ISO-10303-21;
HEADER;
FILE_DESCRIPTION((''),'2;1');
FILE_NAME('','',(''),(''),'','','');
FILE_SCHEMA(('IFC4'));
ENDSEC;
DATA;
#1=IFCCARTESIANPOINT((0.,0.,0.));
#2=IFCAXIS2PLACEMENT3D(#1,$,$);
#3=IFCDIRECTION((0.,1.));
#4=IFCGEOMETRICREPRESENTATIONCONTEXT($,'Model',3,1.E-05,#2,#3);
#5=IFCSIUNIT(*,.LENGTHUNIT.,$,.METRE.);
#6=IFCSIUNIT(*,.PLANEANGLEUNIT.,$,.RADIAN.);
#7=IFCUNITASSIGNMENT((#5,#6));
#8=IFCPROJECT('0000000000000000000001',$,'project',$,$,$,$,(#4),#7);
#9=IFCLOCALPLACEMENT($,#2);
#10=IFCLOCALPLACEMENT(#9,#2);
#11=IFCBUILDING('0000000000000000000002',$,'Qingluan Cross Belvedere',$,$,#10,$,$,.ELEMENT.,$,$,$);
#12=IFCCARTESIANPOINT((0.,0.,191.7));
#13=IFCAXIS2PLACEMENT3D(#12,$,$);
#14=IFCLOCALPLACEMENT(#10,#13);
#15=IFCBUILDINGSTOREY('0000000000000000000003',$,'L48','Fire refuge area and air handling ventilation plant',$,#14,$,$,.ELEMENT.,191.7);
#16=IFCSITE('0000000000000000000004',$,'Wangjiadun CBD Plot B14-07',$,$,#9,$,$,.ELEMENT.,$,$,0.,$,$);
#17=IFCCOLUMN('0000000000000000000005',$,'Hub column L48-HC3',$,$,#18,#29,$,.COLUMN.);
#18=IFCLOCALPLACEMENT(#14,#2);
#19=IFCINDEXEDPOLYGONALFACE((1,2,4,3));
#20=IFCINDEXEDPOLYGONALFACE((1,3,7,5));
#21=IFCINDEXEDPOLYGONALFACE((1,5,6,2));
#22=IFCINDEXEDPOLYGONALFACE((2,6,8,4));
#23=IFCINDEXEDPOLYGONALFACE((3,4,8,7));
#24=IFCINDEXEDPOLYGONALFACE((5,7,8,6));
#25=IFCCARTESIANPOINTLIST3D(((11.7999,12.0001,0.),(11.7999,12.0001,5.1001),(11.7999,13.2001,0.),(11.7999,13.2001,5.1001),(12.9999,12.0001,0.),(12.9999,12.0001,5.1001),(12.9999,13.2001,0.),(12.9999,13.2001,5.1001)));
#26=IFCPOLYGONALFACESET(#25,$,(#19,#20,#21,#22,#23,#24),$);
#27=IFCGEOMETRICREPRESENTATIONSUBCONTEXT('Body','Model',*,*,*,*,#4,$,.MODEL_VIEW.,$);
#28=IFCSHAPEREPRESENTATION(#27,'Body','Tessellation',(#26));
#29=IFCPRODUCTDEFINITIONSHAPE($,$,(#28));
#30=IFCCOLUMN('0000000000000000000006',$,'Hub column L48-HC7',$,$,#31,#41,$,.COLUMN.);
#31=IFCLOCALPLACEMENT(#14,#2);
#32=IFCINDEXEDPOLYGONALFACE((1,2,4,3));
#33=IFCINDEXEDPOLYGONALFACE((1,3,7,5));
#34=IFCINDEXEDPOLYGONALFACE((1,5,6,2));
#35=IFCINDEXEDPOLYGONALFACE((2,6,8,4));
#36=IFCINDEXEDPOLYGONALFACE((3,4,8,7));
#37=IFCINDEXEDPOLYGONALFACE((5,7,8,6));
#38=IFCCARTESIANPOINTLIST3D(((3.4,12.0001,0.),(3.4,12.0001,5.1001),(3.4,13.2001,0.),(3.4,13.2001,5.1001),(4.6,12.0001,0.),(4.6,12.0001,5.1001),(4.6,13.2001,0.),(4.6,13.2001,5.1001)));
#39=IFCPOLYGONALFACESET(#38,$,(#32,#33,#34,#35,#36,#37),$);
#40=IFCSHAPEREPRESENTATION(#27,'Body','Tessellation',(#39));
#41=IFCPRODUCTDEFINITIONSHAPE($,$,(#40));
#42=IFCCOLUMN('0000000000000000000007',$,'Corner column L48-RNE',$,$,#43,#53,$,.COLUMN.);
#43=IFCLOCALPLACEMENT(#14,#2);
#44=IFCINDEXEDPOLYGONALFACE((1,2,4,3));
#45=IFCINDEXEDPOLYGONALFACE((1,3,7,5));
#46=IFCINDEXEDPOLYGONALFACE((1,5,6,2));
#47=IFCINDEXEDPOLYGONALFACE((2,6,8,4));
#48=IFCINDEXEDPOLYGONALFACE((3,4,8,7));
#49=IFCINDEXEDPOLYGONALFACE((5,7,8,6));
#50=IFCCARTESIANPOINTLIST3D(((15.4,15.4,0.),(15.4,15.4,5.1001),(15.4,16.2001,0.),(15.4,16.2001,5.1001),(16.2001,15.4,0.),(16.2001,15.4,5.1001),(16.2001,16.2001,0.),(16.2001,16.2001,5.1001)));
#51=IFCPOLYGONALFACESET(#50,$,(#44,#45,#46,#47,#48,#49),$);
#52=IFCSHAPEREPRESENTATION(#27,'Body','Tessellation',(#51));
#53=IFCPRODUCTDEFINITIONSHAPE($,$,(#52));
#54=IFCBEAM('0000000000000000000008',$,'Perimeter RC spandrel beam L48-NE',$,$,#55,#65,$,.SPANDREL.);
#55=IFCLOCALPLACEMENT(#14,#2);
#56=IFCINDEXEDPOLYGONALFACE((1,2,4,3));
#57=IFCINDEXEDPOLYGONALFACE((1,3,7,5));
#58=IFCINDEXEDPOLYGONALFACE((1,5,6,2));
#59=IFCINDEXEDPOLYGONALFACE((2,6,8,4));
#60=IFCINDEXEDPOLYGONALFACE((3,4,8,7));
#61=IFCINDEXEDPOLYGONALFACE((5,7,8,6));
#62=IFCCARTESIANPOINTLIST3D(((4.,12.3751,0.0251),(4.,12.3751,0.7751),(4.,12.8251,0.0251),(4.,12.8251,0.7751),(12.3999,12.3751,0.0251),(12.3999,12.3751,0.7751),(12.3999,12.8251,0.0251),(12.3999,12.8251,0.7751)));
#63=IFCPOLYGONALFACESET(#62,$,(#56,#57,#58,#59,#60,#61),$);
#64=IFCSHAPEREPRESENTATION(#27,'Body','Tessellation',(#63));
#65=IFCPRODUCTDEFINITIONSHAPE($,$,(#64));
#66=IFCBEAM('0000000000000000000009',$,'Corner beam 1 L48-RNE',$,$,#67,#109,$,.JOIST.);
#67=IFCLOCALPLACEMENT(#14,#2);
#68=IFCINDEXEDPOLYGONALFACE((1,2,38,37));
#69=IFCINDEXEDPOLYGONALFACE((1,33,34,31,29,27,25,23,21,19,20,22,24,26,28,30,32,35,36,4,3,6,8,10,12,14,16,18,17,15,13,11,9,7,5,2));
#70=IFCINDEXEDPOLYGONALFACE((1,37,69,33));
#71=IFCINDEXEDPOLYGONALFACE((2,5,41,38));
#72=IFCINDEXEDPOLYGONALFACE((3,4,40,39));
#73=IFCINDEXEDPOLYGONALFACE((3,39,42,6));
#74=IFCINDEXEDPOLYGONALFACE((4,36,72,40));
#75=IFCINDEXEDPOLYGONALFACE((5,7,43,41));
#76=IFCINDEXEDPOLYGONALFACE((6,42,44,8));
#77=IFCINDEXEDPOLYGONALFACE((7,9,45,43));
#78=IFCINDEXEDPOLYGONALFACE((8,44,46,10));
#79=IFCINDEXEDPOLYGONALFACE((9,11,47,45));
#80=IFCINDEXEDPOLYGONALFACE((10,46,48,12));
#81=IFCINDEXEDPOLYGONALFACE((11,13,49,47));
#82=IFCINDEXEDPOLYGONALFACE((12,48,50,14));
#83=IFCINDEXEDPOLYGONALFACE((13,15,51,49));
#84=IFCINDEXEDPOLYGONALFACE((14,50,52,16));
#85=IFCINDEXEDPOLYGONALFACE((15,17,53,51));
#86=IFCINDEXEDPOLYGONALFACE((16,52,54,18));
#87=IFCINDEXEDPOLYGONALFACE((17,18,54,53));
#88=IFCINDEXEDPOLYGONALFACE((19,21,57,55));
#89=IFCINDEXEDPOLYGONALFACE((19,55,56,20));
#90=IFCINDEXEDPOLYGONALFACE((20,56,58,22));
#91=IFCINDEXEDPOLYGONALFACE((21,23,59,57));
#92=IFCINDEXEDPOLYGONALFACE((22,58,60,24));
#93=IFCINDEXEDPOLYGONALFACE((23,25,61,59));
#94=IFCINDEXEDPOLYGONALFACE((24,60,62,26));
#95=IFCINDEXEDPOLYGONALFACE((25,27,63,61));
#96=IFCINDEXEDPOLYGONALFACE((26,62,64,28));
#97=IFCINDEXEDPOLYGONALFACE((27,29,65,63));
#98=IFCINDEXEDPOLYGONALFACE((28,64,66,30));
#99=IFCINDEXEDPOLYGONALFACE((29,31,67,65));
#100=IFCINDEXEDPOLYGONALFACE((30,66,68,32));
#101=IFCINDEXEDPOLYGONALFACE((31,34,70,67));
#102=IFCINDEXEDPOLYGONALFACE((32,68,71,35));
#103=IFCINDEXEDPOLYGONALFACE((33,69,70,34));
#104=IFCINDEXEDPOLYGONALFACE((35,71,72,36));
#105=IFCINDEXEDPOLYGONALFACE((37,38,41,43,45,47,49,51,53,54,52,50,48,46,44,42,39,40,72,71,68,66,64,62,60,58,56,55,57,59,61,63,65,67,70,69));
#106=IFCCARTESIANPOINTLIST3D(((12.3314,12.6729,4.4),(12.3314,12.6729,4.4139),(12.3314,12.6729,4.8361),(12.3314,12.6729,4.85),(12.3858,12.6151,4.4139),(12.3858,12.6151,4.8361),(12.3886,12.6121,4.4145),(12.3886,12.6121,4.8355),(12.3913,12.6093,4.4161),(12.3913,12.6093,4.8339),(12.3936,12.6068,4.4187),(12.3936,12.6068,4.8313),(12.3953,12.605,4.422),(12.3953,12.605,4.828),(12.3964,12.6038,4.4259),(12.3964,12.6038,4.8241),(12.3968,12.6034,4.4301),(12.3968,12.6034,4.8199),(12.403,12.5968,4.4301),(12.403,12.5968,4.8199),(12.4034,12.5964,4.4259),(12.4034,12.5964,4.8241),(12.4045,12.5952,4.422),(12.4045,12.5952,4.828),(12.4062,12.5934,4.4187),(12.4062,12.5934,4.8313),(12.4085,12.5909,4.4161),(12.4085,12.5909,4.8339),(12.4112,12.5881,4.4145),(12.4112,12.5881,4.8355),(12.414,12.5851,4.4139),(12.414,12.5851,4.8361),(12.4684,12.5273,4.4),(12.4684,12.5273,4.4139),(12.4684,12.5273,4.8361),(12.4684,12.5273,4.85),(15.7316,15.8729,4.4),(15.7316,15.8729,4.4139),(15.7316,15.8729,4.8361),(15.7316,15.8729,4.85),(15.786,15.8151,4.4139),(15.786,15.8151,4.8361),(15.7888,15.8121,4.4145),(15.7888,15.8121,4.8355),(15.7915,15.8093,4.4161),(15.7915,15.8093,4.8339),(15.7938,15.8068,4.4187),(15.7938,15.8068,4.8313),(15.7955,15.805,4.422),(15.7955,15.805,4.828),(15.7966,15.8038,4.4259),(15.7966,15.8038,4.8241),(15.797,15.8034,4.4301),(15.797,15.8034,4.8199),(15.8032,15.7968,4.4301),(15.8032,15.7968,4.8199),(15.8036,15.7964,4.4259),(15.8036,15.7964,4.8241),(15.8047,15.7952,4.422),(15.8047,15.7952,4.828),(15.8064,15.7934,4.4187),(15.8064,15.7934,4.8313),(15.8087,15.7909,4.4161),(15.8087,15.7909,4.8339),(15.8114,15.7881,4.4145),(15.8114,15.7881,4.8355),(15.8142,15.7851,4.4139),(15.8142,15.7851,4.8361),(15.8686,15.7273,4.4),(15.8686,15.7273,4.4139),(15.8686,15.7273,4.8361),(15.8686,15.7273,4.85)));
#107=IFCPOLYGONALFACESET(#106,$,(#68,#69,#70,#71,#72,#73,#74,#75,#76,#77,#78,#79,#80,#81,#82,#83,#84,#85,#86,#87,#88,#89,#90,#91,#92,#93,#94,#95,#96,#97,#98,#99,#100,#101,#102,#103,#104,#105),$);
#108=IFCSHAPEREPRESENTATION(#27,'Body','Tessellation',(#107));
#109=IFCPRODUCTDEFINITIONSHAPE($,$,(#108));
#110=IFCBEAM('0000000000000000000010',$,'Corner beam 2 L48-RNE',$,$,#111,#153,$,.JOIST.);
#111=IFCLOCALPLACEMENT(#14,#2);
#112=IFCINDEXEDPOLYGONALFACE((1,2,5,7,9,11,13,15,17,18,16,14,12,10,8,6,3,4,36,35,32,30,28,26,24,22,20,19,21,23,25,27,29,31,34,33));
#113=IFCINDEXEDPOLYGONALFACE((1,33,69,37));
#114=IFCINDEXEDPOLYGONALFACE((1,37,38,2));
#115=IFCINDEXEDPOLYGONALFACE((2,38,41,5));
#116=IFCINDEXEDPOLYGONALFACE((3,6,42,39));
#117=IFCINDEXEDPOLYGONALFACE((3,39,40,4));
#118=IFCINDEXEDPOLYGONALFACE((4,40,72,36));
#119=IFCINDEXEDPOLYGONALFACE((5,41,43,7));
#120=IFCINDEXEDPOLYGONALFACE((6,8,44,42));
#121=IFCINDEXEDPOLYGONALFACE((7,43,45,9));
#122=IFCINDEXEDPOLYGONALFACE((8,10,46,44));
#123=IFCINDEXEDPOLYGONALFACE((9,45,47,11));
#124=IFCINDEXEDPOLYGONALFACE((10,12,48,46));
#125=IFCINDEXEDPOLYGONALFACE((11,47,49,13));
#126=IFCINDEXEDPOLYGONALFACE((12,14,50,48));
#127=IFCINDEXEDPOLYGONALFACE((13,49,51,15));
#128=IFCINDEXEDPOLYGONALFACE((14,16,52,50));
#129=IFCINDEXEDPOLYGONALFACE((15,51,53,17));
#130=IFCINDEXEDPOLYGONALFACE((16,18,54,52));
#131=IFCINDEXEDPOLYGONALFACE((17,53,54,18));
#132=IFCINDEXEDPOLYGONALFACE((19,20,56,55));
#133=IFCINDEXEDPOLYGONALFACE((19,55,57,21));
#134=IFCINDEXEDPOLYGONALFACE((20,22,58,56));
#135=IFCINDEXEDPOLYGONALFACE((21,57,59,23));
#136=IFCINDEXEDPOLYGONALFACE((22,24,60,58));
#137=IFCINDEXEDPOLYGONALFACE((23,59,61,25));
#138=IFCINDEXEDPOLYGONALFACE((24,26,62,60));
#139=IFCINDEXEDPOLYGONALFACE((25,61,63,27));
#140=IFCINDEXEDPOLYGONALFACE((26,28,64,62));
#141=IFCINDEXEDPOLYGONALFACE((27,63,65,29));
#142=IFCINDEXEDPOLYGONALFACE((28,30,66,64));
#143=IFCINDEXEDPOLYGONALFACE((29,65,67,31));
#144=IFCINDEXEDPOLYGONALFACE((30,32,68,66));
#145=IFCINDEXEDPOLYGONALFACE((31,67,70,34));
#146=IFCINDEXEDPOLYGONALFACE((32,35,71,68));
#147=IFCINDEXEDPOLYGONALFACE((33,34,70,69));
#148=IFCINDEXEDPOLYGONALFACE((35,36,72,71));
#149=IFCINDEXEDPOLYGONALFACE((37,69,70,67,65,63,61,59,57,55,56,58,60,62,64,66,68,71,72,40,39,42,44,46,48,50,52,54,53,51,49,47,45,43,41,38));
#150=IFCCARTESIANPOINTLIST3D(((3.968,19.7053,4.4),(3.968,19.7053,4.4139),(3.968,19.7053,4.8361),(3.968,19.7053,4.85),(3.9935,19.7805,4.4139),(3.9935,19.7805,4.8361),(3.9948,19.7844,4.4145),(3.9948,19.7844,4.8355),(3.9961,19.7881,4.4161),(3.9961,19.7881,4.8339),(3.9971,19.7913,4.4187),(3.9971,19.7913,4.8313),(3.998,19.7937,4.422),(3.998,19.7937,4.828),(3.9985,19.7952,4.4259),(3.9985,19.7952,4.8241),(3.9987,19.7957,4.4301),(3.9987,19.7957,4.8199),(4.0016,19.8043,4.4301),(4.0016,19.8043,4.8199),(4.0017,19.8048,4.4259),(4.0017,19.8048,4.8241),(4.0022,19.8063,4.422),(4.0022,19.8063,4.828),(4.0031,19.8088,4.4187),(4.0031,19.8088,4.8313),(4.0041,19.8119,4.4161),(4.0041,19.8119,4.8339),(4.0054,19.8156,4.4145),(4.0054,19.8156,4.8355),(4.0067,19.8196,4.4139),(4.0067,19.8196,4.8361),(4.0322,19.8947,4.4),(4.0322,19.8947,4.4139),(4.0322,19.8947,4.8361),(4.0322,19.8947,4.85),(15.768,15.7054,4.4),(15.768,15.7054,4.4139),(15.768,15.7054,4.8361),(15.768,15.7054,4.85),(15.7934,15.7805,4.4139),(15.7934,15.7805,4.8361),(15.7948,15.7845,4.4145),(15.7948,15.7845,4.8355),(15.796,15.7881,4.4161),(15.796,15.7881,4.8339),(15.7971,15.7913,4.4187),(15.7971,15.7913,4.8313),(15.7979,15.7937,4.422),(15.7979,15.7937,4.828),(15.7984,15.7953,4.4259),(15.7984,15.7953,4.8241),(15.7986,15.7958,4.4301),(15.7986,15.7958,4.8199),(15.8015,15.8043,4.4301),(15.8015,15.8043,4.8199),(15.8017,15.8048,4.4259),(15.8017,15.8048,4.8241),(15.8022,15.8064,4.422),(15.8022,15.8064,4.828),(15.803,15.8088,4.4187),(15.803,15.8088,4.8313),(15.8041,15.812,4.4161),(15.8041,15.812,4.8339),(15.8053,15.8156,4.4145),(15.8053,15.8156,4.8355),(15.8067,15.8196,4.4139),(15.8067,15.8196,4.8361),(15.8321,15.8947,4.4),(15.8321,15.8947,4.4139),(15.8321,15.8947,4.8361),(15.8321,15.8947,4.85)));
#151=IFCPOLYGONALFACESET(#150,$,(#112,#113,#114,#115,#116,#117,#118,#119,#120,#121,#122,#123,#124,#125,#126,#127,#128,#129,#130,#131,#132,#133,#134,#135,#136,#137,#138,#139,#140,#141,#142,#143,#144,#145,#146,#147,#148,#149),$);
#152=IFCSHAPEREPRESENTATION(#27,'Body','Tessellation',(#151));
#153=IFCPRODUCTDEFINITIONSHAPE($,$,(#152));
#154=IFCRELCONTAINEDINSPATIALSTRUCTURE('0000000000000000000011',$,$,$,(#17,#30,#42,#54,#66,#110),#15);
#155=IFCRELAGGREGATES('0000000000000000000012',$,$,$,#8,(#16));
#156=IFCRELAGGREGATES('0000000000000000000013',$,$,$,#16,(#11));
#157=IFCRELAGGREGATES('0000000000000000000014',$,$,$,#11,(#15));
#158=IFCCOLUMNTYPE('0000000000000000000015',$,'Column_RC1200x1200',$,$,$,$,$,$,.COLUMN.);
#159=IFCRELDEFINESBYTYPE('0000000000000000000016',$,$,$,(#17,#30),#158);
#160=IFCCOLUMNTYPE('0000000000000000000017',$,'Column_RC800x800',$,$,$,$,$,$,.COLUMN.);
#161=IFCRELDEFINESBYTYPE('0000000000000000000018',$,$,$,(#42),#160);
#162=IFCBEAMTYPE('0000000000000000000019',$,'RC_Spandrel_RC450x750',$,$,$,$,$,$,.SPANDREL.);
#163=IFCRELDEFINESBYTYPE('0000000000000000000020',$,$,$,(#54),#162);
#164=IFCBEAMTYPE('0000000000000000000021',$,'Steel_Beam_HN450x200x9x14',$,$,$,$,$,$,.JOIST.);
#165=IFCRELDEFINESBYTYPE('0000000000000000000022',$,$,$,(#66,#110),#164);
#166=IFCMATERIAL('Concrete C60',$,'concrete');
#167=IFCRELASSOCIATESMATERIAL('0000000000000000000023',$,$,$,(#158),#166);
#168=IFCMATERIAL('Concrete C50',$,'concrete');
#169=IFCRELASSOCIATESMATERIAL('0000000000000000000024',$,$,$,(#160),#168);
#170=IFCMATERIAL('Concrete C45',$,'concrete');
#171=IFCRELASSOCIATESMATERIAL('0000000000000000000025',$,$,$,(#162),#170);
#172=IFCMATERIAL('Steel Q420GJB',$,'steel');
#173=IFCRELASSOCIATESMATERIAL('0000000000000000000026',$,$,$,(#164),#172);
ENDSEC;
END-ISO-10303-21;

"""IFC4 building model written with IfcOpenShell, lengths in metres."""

from ifc_helpers import new_model, si_unit, direction, frame, origin, origin_2d, place, context, subcontext, project, spatial, rectangle, i_section, extrude, material, material_profile, profile_set, type_object, element, save


model = new_model("IFC4")

# Units and contexts
model_context = context("Model", 3, precision=1e-05, world=origin(), true_north=direction((0.0, 1.0)))
body_context = subcontext(model_context, "Body", "Model", "MODEL_VIEW")
ifc_project = project(units=[si_unit("LENGTHUNIT", "METRE"), si_unit("PLANEANGLEUNIT", "RADIAN")], contexts=[model_context])

# Site, building, storey
site_placement = place(None, origin())
site = spatial("IfcSite", under=ifc_project, at=site_placement, Name="Wangjiadun CBD Plot B14-07", CompositionType="ELEMENT", RefElevation=0.0)
building_placement = place(site_placement, origin())
building = spatial("IfcBuilding", under=site, at=building_placement, Name="Qingluan Cross Belvedere", CompositionType="ELEMENT")
storey_placement = place(building_placement, frame((0.0, 0.0, 191.7)))
storey = spatial("IfcBuildingStorey", under=building, at=storey_placement, Name="L48", Description="Fire refuge area and air handling ventilation plant", CompositionType="ELEMENT", Elevation=191.7)

# Columns
ifc_material_1 = material(Name="Concrete C60", Category="concrete")
ifc_material_profile_1 = material_profile(ifc_material_1, rectangle(XDim=1.2, YDim=1.2, at=origin_2d()), Name="RC1200x1200")
ifc_profile_set_1 = profile_set([ifc_material_profile_1], Name="Concrete C60")
column_type_1 = type_object("IfcColumnType", Name="Column_RC1200x1200", PredefinedType="COLUMN", material=ifc_profile_set_1)
for number, where, z_axis, x_axis, name in (
    (1, (12.3999, 12.6001, 0.0), (0.0, 0.0, 1.0), (1.0, 0.0, 0.0), "Hub column L48-HC3"),
    (2, (4.0, 12.6001, 0.0), (0.0, 0.0, 1.0), (1.0, 0.0, 0.0), "Hub column L48-HC7"),
):
    element("IfcColumn", number, at=place(storey_placement, frame(where, z_axis=z_axis, x_axis=x_axis)), inside=storey, type_object=column_type_1, Name=name, PredefinedType="COLUMN", context=body_context, shape_type="SweptSolid", body=[
        extrude(rectangle(XDim=1.2, YDim=1.2, at=origin_2d()), origin(), (0.0, 0.0, 1.0), 5.1001),
    ])
ifc_material_2 = material(Name="Concrete C50", Category="concrete")
ifc_material_profile_2 = material_profile(ifc_material_2, rectangle(XDim=0.8, YDim=0.8, at=origin_2d()), Name="RC800x800")
ifc_profile_set_2 = profile_set([ifc_material_profile_2], Name="Concrete C50")
column_type_2 = type_object("IfcColumnType", Name="Column_RC800x800", PredefinedType="COLUMN", material=ifc_profile_set_2)
column_placement = place(storey_placement, frame((15.8, 15.8, 0.0), z_axis=(0.0, 0.0, 1.0), x_axis=(1.0, 0.0, 0.0)))
element("IfcColumn", 3, at=column_placement, inside=storey, type_object=column_type_2, Name="Corner column L48-RNE", PredefinedType="COLUMN", context=body_context, shape_type="SweptSolid", body=[
    extrude(rectangle(XDim=0.8, YDim=0.8, at=origin_2d()), origin(), (0.0, 0.0, 1.0), 5.1001),
])

# Beams
ifc_material_3 = material(Name="Concrete C45", Category="concrete")
ifc_material_profile_3 = material_profile(ifc_material_3, rectangle(XDim=0.45, YDim=0.75, at=origin_2d()), Name="RC450x750")
ifc_profile_set_3 = profile_set([ifc_material_profile_3], Name="Concrete C45")
beam_type_1 = type_object("IfcBeamType", Name="RC_Spandrel_RC450x750", PredefinedType="SPANDREL", material=ifc_profile_set_3)
beam_1_placement = place(storey_placement, frame((4.0, 12.6001, 0.4001), z_axis=(1.0, 0.0, 0.0), x_axis=(0.0, 1.0, 0.0)))
element("IfcBeam", 4, at=beam_1_placement, inside=storey, type_object=beam_type_1, Name="Perimeter RC spandrel beam L48-NE", PredefinedType="SPANDREL", context=body_context, shape_type="SweptSolid", body=[
    extrude(rectangle(XDim=0.45, YDim=0.75, at=origin_2d()), origin(), (0.0, 0.0, 1.0), 8.3999),
])
ifc_material_4 = material(Name="Steel Q420GJB", Category="steel")
ifc_material_profile_4 = material_profile(ifc_material_4, i_section(OverallWidth=0.2, OverallDepth=0.45, WebThickness=0.009, FlangeThickness=0.0139, FilletRadius=0.0161, at=origin_2d()), Name="HN450x200x9x14")
ifc_profile_set_4 = profile_set([ifc_material_profile_4], Name="Steel Q420GJB")
beam_type_2 = type_object("IfcBeamType", Name="Steel_Beam_HN450x200x9x14", PredefinedType="JOIST", material=ifc_profile_set_4)
beam_2_placement = place(storey_placement, frame((12.3999, 12.6001, 4.625), z_axis=(0.72822, 0.685343, 0.0), x_axis=(-0.685343, 0.72822, 0.0)))
element("IfcBeam", 5, at=beam_2_placement, inside=storey, type_object=beam_type_2, Name="Corner beam 1 L48-RNE", PredefinedType="JOIST", context=body_context, shape_type="SweptSolid", body=[
    extrude(i_section(OverallWidth=0.2, OverallDepth=0.45, WebThickness=0.009, FlangeThickness=0.0139, FilletRadius=0.0161, at=origin_2d()), origin(), (0.0, 0.0, 1.0), 4.6692),
])
beam_3_placement = place(storey_placement, frame((15.8, 15.8, 4.625), z_axis=(-0.947066, 0.321038, 0.0), x_axis=(-0.321038, -0.947066, 0.0)))
element("IfcBeam", 6, at=beam_3_placement, inside=storey, type_object=beam_type_2, Name="Corner beam 2 L48-RNE", PredefinedType="JOIST", context=body_context, shape_type="SweptSolid", body=[
    extrude(i_section(OverallWidth=0.2, OverallDepth=0.45, WebThickness=0.009, FlangeThickness=0.0139, FilletRadius=0.0161, at=origin_2d()), origin(), (0.0, 0.0, 1.0), 12.4595),
])

save(model, "model.ifc")
